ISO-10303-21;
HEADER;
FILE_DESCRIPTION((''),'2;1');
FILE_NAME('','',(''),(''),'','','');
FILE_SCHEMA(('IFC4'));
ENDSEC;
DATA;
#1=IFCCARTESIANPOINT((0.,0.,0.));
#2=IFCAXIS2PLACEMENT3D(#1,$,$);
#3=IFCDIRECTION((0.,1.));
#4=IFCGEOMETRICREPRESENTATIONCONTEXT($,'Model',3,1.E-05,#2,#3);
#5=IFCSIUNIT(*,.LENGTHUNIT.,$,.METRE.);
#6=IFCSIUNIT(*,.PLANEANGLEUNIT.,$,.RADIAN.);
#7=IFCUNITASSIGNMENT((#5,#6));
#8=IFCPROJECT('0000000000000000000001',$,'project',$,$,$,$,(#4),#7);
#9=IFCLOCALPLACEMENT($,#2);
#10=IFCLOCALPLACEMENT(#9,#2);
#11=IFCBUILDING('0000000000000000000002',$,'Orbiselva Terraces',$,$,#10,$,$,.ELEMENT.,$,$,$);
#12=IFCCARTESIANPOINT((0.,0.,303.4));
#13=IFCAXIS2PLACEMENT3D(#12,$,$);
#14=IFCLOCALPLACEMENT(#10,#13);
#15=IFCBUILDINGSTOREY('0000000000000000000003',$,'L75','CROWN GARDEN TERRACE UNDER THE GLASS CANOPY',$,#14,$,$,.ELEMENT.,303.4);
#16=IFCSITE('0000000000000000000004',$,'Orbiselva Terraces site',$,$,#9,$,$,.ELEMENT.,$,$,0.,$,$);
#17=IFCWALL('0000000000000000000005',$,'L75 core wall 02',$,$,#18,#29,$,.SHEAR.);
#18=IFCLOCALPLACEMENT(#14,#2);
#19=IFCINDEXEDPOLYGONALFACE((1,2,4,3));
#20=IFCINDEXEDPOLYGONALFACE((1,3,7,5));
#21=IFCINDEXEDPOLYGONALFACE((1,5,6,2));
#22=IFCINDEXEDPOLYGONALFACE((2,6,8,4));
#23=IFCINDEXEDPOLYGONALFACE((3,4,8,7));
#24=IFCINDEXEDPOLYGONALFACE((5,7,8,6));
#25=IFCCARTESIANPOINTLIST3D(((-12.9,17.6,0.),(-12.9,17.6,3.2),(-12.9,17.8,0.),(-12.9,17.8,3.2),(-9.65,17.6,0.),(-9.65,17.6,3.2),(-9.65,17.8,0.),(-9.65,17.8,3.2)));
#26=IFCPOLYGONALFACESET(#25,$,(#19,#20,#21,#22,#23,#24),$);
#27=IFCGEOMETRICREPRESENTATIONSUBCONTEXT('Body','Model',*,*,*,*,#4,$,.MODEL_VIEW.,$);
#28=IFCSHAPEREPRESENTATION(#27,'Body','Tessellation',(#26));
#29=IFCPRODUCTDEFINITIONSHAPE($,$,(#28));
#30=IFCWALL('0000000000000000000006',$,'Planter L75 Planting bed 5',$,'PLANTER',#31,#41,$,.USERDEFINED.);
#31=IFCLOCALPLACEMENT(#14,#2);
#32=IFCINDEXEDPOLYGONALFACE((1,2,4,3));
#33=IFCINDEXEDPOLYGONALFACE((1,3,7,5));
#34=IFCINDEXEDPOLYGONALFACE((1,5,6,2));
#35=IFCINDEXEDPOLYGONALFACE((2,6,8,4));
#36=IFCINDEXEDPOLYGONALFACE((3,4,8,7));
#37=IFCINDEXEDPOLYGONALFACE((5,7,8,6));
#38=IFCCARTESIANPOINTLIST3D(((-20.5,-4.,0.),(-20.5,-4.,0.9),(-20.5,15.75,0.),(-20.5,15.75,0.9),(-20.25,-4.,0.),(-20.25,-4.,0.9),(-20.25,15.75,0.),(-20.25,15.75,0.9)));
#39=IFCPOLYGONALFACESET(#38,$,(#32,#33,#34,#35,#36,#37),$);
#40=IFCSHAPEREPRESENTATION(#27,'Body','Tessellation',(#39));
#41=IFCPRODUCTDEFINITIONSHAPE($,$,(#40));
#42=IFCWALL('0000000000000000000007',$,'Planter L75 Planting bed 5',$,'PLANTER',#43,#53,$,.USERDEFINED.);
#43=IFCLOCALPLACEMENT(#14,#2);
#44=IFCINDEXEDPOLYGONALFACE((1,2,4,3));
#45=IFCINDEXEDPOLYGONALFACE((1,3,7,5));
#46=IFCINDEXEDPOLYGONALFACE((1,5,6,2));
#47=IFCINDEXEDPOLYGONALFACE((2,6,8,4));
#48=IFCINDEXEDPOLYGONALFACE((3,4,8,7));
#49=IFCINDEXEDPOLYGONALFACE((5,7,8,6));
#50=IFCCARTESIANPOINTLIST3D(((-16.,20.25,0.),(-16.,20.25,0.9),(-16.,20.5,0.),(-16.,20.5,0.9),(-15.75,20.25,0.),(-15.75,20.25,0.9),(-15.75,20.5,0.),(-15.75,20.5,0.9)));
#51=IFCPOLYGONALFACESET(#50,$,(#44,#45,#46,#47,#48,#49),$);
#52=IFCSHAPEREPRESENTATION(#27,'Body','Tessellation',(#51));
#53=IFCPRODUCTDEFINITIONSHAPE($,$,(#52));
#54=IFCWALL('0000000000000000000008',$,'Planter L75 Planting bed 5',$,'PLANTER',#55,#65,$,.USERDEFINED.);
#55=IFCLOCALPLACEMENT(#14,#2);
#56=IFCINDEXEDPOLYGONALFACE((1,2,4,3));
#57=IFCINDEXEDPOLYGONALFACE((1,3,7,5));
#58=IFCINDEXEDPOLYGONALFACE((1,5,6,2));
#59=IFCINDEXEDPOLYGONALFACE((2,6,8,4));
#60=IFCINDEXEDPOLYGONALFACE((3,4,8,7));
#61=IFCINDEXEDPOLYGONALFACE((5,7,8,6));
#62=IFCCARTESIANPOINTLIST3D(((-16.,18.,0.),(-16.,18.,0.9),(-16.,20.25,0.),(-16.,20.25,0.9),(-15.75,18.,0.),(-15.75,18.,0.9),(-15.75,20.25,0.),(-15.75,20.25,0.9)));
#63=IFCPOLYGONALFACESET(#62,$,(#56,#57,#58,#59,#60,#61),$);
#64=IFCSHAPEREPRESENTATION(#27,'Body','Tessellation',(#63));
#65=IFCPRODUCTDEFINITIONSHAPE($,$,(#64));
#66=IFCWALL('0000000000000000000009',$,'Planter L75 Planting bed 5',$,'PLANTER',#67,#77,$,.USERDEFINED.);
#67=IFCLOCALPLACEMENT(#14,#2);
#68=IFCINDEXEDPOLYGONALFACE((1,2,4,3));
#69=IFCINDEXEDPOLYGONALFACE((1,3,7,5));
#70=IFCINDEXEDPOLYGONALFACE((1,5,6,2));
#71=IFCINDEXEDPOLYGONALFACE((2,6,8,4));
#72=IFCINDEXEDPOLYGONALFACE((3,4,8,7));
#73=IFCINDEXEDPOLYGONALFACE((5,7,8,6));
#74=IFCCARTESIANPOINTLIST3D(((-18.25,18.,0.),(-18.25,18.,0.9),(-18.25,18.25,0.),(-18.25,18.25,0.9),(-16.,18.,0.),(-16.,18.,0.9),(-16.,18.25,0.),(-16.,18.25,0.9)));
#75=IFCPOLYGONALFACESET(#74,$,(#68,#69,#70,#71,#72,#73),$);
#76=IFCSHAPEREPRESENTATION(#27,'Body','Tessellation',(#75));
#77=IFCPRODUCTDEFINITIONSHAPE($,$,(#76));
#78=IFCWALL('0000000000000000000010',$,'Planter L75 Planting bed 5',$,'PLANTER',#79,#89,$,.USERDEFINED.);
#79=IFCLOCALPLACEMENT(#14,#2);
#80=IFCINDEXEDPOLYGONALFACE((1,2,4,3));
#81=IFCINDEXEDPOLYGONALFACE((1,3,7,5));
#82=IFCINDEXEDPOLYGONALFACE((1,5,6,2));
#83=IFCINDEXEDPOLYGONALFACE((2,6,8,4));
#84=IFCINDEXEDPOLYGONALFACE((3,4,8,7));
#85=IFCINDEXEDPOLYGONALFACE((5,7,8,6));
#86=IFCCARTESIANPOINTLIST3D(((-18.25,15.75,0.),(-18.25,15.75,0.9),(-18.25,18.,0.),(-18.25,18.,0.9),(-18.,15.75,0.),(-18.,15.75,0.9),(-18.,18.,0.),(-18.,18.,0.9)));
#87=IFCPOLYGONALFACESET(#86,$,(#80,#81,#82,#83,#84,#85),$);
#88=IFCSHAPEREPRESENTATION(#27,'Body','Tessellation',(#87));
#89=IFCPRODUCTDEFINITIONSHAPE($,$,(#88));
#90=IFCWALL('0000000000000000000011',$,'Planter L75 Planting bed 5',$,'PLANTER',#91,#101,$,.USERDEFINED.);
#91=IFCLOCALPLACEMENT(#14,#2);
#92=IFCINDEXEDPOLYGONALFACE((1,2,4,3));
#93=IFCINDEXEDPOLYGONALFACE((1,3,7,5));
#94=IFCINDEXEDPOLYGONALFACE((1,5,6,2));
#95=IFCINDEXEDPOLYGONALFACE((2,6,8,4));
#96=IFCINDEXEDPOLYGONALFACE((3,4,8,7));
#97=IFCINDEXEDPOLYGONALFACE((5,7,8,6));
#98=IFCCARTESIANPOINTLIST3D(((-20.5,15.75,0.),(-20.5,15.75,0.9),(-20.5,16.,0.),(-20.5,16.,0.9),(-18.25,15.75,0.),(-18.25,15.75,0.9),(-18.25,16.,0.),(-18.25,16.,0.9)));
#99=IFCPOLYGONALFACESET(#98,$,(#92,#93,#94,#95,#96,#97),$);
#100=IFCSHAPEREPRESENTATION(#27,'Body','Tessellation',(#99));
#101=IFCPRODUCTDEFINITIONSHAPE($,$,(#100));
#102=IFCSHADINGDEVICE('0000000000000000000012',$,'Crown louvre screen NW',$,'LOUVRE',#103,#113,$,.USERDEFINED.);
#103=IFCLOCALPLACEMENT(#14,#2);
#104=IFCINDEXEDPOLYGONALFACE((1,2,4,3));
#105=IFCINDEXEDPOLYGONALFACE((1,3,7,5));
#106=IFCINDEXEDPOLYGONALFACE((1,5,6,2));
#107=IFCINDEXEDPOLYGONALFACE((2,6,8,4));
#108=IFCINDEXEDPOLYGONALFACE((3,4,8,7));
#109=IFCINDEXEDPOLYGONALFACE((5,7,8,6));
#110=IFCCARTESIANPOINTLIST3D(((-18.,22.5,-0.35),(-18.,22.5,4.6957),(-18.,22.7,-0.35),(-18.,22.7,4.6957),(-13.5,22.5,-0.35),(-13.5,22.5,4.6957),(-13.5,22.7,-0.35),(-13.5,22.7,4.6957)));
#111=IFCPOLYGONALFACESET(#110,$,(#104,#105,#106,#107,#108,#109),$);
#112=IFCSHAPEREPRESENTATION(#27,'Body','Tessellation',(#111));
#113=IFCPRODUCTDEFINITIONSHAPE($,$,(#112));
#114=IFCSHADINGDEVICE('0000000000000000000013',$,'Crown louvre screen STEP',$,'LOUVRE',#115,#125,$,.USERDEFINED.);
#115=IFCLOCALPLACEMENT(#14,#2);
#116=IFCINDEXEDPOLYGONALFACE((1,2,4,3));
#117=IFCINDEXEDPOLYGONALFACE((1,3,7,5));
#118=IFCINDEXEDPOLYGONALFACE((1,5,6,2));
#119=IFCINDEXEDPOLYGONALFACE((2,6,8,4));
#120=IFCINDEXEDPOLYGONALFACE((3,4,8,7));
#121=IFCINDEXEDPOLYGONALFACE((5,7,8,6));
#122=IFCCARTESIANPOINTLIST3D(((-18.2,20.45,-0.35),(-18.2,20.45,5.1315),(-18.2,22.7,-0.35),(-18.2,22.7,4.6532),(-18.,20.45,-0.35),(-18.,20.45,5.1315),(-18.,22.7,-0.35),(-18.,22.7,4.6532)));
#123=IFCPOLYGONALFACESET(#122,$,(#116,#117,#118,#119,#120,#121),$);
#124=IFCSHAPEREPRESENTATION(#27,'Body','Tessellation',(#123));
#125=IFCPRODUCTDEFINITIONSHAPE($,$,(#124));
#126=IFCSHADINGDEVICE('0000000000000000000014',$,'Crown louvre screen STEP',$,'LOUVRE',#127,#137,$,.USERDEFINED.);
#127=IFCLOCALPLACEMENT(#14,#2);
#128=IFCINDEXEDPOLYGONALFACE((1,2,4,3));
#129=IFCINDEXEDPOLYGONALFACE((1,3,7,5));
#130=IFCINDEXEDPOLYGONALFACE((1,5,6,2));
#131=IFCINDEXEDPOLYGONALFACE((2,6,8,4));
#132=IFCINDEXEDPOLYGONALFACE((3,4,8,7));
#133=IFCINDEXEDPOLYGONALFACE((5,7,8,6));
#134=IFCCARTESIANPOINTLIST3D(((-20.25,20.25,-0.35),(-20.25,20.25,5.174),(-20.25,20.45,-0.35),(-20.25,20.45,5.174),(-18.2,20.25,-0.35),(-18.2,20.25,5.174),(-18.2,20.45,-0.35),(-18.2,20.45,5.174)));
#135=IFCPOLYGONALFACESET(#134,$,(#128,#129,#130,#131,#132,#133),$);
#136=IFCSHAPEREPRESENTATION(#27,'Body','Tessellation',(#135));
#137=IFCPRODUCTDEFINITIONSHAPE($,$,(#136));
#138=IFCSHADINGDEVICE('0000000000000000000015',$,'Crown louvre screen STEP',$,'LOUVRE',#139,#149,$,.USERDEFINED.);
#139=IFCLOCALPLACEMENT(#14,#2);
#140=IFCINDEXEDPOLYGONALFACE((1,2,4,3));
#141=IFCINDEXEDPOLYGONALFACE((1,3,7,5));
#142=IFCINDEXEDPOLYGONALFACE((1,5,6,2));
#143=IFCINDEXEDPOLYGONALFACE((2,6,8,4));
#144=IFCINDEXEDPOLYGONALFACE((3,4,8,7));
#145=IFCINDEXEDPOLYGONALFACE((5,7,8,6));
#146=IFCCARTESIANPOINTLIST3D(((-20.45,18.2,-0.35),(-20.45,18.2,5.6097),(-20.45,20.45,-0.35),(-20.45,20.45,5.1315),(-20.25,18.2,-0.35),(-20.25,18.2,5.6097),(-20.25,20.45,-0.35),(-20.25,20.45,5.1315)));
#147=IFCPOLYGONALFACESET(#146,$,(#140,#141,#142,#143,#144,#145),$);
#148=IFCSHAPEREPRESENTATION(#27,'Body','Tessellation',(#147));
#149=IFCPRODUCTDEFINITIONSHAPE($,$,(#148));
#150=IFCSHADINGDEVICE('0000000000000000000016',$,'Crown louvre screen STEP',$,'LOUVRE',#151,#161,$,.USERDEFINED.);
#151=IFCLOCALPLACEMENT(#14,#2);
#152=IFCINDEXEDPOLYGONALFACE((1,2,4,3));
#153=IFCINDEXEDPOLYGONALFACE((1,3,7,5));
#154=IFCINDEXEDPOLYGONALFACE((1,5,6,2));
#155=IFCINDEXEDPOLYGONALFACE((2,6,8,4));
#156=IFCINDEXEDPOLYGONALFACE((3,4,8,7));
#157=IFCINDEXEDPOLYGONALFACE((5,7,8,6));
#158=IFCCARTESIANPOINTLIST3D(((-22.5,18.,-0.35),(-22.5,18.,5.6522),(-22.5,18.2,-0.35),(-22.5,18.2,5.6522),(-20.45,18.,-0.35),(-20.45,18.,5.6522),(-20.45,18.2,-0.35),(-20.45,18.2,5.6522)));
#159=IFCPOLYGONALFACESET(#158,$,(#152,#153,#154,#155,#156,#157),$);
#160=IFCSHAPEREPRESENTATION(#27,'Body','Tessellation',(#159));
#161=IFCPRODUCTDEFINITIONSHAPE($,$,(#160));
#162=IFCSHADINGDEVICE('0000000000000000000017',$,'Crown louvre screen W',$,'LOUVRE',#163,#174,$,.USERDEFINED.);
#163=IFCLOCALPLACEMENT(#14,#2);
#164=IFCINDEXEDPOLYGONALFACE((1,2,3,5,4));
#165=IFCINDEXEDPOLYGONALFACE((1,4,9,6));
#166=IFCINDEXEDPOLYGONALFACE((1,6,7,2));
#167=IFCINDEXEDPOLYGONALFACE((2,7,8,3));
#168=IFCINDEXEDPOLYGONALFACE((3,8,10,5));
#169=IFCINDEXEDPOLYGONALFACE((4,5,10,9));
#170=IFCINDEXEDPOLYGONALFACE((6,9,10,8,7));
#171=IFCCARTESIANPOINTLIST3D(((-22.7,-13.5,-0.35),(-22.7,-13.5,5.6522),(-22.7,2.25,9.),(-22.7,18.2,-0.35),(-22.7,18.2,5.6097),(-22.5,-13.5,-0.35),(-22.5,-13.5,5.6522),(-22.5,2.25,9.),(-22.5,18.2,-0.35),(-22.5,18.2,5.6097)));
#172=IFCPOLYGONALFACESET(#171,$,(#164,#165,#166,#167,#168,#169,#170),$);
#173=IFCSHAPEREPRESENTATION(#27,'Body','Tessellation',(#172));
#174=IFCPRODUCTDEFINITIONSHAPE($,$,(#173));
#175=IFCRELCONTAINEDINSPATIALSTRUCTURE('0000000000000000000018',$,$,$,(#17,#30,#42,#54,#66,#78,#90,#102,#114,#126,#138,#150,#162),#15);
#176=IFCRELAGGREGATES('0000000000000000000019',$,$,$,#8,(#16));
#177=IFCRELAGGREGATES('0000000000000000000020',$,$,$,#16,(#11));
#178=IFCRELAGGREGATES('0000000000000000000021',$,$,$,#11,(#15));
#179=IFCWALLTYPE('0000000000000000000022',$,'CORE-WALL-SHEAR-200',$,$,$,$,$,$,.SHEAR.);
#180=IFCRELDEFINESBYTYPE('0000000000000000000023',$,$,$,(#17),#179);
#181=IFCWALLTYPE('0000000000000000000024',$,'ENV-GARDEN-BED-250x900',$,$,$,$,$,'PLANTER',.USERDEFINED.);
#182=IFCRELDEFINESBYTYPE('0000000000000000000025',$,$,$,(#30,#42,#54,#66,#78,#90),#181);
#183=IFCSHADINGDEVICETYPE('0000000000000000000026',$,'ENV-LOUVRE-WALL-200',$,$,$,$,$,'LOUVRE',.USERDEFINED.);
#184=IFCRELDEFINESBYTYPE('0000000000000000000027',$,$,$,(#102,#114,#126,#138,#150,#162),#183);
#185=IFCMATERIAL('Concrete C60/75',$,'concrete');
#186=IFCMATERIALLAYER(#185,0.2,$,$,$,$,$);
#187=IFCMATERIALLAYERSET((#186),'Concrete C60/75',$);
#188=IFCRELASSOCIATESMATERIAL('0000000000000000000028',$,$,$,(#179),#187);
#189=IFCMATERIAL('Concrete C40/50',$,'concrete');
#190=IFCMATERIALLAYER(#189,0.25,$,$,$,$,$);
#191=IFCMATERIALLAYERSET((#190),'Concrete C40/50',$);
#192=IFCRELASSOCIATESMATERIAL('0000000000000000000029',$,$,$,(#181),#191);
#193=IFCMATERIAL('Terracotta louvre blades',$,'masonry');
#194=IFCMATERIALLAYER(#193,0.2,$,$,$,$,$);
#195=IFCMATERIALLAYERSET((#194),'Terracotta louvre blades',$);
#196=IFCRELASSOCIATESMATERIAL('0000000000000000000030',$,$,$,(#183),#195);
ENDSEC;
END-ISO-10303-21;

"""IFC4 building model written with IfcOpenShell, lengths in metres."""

from ifc_helpers import new_model, si_unit, direction, frame, frame_2d, origin, place, context, subcontext, project, spatial, polyline, rectangle, outline, extrude, material, layer, layer_set, type_object, element, save


model = new_model("IFC4")

# Units and contexts
model_context = context("Model", 3, precision=1e-05, world=origin(), true_north=direction((0.0, 1.0)))
body_context = subcontext(model_context, "Body", "Model", "MODEL_VIEW")
ifc_project = project(units=[si_unit("LENGTHUNIT", "METRE"), si_unit("PLANEANGLEUNIT", "RADIAN")], contexts=[model_context])

# Site, building, storey
site_placement = place(None, origin())
site = spatial("IfcSite", under=ifc_project, at=site_placement, Name="Orbiselva Terraces site", CompositionType="ELEMENT", RefElevation=0.0)
building_placement = place(site_placement, origin())
building = spatial("IfcBuilding", under=site, at=building_placement, Name="Orbiselva Terraces", CompositionType="ELEMENT")
storey_placement = place(building_placement, frame((0.0, 0.0, 303.4)))
storey = spatial("IfcBuildingStorey", under=building, at=storey_placement, Name="L75", Description="CROWN GARDEN TERRACE UNDER THE GLASS CANOPY", CompositionType="ELEMENT", Elevation=303.4)

# Walls
ifc_material_1 = material(Name="Concrete C60/75", Category="concrete")
ifc_layer_1 = layer(ifc_material_1, 0.2)
ifc_layer_set_1 = layer_set([ifc_layer_1], Name="Concrete C60/75")
wall_type_1 = type_object("IfcWallType", Name="CORE-WALL-SHEAR-200", PredefinedType="SHEAR", material=ifc_layer_set_1)
wall_1_placement = place(storey_placement, frame((-12.9, 17.7, 0.0), z_axis=(0.0, 0.0, 1.0), x_axis=(1.0, 0.0, 0.0)))
element("IfcWall", 1, at=wall_1_placement, inside=storey, type_object=wall_type_1, Name="L75 core wall 02", PredefinedType="SHEAR", context=body_context, shape_type="SweptSolid", body=[
    extrude(rectangle(XDim=3.25, YDim=0.2, at=frame_2d((1.625, 0.0))), origin(), (0.0, 0.0, 1.0), 3.2),
])
ifc_material_2 = material(Name="Concrete C40/50", Category="concrete")
ifc_layer_2 = layer(ifc_material_2, 0.25)
ifc_layer_set_2 = layer_set([ifc_layer_2], Name="Concrete C40/50")
wall_type_2 = type_object("IfcWallType", Name="ENV-GARDEN-BED-250x900", ElementType="PLANTER", PredefinedType="USERDEFINED", material=ifc_layer_set_2)
wall_2_placement = place(storey_placement, frame((-20.375, 15.75, 0.0), z_axis=(0.0, 0.0, 1.0), x_axis=(0.0, -1.0, 0.0)))
element("IfcWall", 2, at=wall_2_placement, inside=storey, type_object=wall_type_2, Name="Planter L75 Planting bed 5", ObjectType="PLANTER", PredefinedType="USERDEFINED", context=body_context, shape_type="SweptSolid", body=[
    extrude(rectangle(XDim=19.75, YDim=0.25, at=frame_2d((9.875, 0.0))), origin(), (0.0, 0.0, 1.0), 0.9),
])
wall_3_placement = place(storey_placement, frame((-15.75, 20.375, 0.0), z_axis=(0.0, 0.0, 1.0), x_axis=(-1.0, 0.0, 0.0)))
element("IfcWall", 3, at=wall_3_placement, inside=storey, type_object=wall_type_2, Name="Planter L75 Planting bed 5", ObjectType="PLANTER", PredefinedType="USERDEFINED", context=body_context, shape_type="SweptSolid", body=[
    extrude(rectangle(XDim=0.25, YDim=0.25, at=frame_2d((0.125, 0.0))), origin(), (0.0, 0.0, 1.0), 0.9),
])
for number, where, z_axis, x_axis, name in (
    (4, (-15.875, 20.25, 0.0), (0.0, 0.0, 1.0), (0.0, -1.0, 0.0), "Planter L75 Planting bed 5"),
    (5, (-16.0, 18.125, 0.0), (0.0, 0.0, 1.0), (-1.0, 0.0, 0.0), "Planter L75 Planting bed 5"),
    (6, (-18.125, 18.0, 0.0), (0.0, 0.0, 1.0), (0.0, -1.0, 0.0), "Planter L75 Planting bed 5"),
    (7, (-18.25, 15.875, 0.0), (0.0, 0.0, 1.0), (-1.0, 0.0, 0.0), "Planter L75 Planting bed 5"),
):
    element("IfcWall", number, at=place(storey_placement, frame(where, z_axis=z_axis, x_axis=x_axis)), inside=storey, type_object=wall_type_2, Name=name, ObjectType="PLANTER", PredefinedType="USERDEFINED", context=body_context, shape_type="SweptSolid", body=[
        extrude(rectangle(XDim=2.25, YDim=0.25, at=frame_2d((1.125, 0.0))), origin(), (0.0, 0.0, 1.0), 0.9),
    ])

# Shading devices
ifc_material_3 = material(Name="Terracotta louvre blades", Category="masonry")
ifc_layer_3 = layer(ifc_material_3, 0.2)
ifc_layer_set_3 = layer_set([ifc_layer_3], Name="Terracotta louvre blades")
shading_device_type = type_object("IfcShadingDeviceType", Name="ENV-LOUVRE-WALL-200", ElementType="LOUVRE", PredefinedType="USERDEFINED", material=ifc_layer_set_3)
shading_device_1_placement = place(storey_placement, frame((-13.5, 22.6, -0.35), z_axis=(0.0, 0.0, 1.0), x_axis=(-1.0, 0.0, 0.0)))
element("IfcShadingDevice", 8, at=shading_device_1_placement, inside=storey, type_object=shading_device_type, Name="Crown louvre screen NW", ObjectType="LOUVRE", PredefinedType="USERDEFINED", context=body_context, shape_type="SweptSolid", body=[
    extrude(outline(polyline([(0.0, 0.0), (4.5, 0.0), (4.5, 5.0457), (0.0, 5.0457), (0.0, 0.0)])), frame((0.0, 0.1, 0.0), z_axis=(0.0, -1.0, 0.0), x_axis=(1.0, 0.0, 0.0)), (0.0, 0.0, 1.0), 0.2),
])
shading_device_2_placement = place(storey_placement, frame((-18.1, 22.7, -0.35), z_axis=(0.0, 0.0, 1.0), x_axis=(0.0, -1.0, 0.0)))
element("IfcShadingDevice", 9, at=shading_device_2_placement, inside=storey, type_object=shading_device_type, Name="Crown louvre screen STEP", ObjectType="LOUVRE", PredefinedType="USERDEFINED", context=body_context, shape_type="SweptSolid", body=[
    extrude(outline(polyline([(0.0, 0.0), (2.25, 0.0), (2.25, 5.4815), (0.0, 5.0032), (0.0, 0.0)])), frame((0.0, 0.1, 0.0), z_axis=(0.0, -1.0, 0.0), x_axis=(1.0, 0.0, 0.0)), (0.0, 0.0, 1.0), 0.2),
])
shading_device_3_placement = place(storey_placement, frame((-18.2, 20.35, -0.35), z_axis=(0.0, 0.0, 1.0), x_axis=(-1.0, 0.0, 0.0)))
element("IfcShadingDevice", 10, at=shading_device_3_placement, inside=storey, type_object=shading_device_type, Name="Crown louvre screen STEP", ObjectType="LOUVRE", PredefinedType="USERDEFINED", context=body_context, shape_type="SweptSolid", body=[
    extrude(outline(polyline([(0.0, 0.0), (2.05, 0.0), (2.05, 5.524), (0.0, 5.524), (0.0, 0.0)])), frame((0.0, 0.1, 0.0), z_axis=(0.0, -1.0, 0.0), x_axis=(1.0, 0.0, 0.0)), (0.0, 0.0, 1.0), 0.2),
])
shading_device_4_placement = place(storey_placement, frame((-20.35, 20.45, -0.35), z_axis=(0.0, 0.0, 1.0), x_axis=(0.0, -1.0, 0.0)))
element("IfcShadingDevice", 11, at=shading_device_4_placement, inside=storey, type_object=shading_device_type, Name="Crown louvre screen STEP", ObjectType="LOUVRE", PredefinedType="USERDEFINED", context=body_context, shape_type="SweptSolid", body=[
    extrude(outline(polyline([(0.0, 0.0), (2.25, 0.0), (2.25, 5.9597), (0.0, 5.4815), (0.0, 0.0)])), frame((0.0, 0.1, 0.0), z_axis=(0.0, -1.0, 0.0), x_axis=(1.0, 0.0, 0.0)), (0.0, 0.0, 1.0), 0.2),
])
shading_device_5_placement = place(storey_placement, frame((-20.45, 18.1, -0.35), z_axis=(0.0, 0.0, 1.0), x_axis=(-1.0, 0.0, 0.0)))
element("IfcShadingDevice", 12, at=shading_device_5_placement, inside=storey, type_object=shading_device_type, Name="Crown louvre screen STEP", ObjectType="LOUVRE", PredefinedType="USERDEFINED", context=body_context, shape_type="SweptSolid", body=[
    extrude(outline(polyline([(0.0, 0.0), (2.05, 0.0), (2.05, 6.0022), (0.0, 6.0022), (0.0, 0.0)])), frame((0.0, 0.1, 0.0), z_axis=(0.0, -1.0, 0.0), x_axis=(1.0, 0.0, 0.0)), (0.0, 0.0, 1.0), 0.2),
])
shading_device_6_placement = place(storey_placement, frame((-22.6, 18.2, -0.35), z_axis=(0.0, 0.0, 1.0), x_axis=(0.0, -1.0, 0.0)))
element("IfcShadingDevice", 13, at=shading_device_6_placement, inside=storey, type_object=shading_device_type, Name="Crown louvre screen W", ObjectType="LOUVRE", PredefinedType="USERDEFINED", context=body_context, shape_type="SweptSolid", body=[
    extrude(outline(polyline([(0.0, 0.0), (31.7, 0.0), (31.7, 6.0022), (15.95, 9.35), (0.0, 5.9597), (0.0, 0.0)])), frame((0.0, 0.1, 0.0), z_axis=(0.0, -1.0, 0.0), x_axis=(1.0, 0.0, 0.0)), (0.0, 0.0, 1.0), 0.2),
])

save(model, "model.ifc")
